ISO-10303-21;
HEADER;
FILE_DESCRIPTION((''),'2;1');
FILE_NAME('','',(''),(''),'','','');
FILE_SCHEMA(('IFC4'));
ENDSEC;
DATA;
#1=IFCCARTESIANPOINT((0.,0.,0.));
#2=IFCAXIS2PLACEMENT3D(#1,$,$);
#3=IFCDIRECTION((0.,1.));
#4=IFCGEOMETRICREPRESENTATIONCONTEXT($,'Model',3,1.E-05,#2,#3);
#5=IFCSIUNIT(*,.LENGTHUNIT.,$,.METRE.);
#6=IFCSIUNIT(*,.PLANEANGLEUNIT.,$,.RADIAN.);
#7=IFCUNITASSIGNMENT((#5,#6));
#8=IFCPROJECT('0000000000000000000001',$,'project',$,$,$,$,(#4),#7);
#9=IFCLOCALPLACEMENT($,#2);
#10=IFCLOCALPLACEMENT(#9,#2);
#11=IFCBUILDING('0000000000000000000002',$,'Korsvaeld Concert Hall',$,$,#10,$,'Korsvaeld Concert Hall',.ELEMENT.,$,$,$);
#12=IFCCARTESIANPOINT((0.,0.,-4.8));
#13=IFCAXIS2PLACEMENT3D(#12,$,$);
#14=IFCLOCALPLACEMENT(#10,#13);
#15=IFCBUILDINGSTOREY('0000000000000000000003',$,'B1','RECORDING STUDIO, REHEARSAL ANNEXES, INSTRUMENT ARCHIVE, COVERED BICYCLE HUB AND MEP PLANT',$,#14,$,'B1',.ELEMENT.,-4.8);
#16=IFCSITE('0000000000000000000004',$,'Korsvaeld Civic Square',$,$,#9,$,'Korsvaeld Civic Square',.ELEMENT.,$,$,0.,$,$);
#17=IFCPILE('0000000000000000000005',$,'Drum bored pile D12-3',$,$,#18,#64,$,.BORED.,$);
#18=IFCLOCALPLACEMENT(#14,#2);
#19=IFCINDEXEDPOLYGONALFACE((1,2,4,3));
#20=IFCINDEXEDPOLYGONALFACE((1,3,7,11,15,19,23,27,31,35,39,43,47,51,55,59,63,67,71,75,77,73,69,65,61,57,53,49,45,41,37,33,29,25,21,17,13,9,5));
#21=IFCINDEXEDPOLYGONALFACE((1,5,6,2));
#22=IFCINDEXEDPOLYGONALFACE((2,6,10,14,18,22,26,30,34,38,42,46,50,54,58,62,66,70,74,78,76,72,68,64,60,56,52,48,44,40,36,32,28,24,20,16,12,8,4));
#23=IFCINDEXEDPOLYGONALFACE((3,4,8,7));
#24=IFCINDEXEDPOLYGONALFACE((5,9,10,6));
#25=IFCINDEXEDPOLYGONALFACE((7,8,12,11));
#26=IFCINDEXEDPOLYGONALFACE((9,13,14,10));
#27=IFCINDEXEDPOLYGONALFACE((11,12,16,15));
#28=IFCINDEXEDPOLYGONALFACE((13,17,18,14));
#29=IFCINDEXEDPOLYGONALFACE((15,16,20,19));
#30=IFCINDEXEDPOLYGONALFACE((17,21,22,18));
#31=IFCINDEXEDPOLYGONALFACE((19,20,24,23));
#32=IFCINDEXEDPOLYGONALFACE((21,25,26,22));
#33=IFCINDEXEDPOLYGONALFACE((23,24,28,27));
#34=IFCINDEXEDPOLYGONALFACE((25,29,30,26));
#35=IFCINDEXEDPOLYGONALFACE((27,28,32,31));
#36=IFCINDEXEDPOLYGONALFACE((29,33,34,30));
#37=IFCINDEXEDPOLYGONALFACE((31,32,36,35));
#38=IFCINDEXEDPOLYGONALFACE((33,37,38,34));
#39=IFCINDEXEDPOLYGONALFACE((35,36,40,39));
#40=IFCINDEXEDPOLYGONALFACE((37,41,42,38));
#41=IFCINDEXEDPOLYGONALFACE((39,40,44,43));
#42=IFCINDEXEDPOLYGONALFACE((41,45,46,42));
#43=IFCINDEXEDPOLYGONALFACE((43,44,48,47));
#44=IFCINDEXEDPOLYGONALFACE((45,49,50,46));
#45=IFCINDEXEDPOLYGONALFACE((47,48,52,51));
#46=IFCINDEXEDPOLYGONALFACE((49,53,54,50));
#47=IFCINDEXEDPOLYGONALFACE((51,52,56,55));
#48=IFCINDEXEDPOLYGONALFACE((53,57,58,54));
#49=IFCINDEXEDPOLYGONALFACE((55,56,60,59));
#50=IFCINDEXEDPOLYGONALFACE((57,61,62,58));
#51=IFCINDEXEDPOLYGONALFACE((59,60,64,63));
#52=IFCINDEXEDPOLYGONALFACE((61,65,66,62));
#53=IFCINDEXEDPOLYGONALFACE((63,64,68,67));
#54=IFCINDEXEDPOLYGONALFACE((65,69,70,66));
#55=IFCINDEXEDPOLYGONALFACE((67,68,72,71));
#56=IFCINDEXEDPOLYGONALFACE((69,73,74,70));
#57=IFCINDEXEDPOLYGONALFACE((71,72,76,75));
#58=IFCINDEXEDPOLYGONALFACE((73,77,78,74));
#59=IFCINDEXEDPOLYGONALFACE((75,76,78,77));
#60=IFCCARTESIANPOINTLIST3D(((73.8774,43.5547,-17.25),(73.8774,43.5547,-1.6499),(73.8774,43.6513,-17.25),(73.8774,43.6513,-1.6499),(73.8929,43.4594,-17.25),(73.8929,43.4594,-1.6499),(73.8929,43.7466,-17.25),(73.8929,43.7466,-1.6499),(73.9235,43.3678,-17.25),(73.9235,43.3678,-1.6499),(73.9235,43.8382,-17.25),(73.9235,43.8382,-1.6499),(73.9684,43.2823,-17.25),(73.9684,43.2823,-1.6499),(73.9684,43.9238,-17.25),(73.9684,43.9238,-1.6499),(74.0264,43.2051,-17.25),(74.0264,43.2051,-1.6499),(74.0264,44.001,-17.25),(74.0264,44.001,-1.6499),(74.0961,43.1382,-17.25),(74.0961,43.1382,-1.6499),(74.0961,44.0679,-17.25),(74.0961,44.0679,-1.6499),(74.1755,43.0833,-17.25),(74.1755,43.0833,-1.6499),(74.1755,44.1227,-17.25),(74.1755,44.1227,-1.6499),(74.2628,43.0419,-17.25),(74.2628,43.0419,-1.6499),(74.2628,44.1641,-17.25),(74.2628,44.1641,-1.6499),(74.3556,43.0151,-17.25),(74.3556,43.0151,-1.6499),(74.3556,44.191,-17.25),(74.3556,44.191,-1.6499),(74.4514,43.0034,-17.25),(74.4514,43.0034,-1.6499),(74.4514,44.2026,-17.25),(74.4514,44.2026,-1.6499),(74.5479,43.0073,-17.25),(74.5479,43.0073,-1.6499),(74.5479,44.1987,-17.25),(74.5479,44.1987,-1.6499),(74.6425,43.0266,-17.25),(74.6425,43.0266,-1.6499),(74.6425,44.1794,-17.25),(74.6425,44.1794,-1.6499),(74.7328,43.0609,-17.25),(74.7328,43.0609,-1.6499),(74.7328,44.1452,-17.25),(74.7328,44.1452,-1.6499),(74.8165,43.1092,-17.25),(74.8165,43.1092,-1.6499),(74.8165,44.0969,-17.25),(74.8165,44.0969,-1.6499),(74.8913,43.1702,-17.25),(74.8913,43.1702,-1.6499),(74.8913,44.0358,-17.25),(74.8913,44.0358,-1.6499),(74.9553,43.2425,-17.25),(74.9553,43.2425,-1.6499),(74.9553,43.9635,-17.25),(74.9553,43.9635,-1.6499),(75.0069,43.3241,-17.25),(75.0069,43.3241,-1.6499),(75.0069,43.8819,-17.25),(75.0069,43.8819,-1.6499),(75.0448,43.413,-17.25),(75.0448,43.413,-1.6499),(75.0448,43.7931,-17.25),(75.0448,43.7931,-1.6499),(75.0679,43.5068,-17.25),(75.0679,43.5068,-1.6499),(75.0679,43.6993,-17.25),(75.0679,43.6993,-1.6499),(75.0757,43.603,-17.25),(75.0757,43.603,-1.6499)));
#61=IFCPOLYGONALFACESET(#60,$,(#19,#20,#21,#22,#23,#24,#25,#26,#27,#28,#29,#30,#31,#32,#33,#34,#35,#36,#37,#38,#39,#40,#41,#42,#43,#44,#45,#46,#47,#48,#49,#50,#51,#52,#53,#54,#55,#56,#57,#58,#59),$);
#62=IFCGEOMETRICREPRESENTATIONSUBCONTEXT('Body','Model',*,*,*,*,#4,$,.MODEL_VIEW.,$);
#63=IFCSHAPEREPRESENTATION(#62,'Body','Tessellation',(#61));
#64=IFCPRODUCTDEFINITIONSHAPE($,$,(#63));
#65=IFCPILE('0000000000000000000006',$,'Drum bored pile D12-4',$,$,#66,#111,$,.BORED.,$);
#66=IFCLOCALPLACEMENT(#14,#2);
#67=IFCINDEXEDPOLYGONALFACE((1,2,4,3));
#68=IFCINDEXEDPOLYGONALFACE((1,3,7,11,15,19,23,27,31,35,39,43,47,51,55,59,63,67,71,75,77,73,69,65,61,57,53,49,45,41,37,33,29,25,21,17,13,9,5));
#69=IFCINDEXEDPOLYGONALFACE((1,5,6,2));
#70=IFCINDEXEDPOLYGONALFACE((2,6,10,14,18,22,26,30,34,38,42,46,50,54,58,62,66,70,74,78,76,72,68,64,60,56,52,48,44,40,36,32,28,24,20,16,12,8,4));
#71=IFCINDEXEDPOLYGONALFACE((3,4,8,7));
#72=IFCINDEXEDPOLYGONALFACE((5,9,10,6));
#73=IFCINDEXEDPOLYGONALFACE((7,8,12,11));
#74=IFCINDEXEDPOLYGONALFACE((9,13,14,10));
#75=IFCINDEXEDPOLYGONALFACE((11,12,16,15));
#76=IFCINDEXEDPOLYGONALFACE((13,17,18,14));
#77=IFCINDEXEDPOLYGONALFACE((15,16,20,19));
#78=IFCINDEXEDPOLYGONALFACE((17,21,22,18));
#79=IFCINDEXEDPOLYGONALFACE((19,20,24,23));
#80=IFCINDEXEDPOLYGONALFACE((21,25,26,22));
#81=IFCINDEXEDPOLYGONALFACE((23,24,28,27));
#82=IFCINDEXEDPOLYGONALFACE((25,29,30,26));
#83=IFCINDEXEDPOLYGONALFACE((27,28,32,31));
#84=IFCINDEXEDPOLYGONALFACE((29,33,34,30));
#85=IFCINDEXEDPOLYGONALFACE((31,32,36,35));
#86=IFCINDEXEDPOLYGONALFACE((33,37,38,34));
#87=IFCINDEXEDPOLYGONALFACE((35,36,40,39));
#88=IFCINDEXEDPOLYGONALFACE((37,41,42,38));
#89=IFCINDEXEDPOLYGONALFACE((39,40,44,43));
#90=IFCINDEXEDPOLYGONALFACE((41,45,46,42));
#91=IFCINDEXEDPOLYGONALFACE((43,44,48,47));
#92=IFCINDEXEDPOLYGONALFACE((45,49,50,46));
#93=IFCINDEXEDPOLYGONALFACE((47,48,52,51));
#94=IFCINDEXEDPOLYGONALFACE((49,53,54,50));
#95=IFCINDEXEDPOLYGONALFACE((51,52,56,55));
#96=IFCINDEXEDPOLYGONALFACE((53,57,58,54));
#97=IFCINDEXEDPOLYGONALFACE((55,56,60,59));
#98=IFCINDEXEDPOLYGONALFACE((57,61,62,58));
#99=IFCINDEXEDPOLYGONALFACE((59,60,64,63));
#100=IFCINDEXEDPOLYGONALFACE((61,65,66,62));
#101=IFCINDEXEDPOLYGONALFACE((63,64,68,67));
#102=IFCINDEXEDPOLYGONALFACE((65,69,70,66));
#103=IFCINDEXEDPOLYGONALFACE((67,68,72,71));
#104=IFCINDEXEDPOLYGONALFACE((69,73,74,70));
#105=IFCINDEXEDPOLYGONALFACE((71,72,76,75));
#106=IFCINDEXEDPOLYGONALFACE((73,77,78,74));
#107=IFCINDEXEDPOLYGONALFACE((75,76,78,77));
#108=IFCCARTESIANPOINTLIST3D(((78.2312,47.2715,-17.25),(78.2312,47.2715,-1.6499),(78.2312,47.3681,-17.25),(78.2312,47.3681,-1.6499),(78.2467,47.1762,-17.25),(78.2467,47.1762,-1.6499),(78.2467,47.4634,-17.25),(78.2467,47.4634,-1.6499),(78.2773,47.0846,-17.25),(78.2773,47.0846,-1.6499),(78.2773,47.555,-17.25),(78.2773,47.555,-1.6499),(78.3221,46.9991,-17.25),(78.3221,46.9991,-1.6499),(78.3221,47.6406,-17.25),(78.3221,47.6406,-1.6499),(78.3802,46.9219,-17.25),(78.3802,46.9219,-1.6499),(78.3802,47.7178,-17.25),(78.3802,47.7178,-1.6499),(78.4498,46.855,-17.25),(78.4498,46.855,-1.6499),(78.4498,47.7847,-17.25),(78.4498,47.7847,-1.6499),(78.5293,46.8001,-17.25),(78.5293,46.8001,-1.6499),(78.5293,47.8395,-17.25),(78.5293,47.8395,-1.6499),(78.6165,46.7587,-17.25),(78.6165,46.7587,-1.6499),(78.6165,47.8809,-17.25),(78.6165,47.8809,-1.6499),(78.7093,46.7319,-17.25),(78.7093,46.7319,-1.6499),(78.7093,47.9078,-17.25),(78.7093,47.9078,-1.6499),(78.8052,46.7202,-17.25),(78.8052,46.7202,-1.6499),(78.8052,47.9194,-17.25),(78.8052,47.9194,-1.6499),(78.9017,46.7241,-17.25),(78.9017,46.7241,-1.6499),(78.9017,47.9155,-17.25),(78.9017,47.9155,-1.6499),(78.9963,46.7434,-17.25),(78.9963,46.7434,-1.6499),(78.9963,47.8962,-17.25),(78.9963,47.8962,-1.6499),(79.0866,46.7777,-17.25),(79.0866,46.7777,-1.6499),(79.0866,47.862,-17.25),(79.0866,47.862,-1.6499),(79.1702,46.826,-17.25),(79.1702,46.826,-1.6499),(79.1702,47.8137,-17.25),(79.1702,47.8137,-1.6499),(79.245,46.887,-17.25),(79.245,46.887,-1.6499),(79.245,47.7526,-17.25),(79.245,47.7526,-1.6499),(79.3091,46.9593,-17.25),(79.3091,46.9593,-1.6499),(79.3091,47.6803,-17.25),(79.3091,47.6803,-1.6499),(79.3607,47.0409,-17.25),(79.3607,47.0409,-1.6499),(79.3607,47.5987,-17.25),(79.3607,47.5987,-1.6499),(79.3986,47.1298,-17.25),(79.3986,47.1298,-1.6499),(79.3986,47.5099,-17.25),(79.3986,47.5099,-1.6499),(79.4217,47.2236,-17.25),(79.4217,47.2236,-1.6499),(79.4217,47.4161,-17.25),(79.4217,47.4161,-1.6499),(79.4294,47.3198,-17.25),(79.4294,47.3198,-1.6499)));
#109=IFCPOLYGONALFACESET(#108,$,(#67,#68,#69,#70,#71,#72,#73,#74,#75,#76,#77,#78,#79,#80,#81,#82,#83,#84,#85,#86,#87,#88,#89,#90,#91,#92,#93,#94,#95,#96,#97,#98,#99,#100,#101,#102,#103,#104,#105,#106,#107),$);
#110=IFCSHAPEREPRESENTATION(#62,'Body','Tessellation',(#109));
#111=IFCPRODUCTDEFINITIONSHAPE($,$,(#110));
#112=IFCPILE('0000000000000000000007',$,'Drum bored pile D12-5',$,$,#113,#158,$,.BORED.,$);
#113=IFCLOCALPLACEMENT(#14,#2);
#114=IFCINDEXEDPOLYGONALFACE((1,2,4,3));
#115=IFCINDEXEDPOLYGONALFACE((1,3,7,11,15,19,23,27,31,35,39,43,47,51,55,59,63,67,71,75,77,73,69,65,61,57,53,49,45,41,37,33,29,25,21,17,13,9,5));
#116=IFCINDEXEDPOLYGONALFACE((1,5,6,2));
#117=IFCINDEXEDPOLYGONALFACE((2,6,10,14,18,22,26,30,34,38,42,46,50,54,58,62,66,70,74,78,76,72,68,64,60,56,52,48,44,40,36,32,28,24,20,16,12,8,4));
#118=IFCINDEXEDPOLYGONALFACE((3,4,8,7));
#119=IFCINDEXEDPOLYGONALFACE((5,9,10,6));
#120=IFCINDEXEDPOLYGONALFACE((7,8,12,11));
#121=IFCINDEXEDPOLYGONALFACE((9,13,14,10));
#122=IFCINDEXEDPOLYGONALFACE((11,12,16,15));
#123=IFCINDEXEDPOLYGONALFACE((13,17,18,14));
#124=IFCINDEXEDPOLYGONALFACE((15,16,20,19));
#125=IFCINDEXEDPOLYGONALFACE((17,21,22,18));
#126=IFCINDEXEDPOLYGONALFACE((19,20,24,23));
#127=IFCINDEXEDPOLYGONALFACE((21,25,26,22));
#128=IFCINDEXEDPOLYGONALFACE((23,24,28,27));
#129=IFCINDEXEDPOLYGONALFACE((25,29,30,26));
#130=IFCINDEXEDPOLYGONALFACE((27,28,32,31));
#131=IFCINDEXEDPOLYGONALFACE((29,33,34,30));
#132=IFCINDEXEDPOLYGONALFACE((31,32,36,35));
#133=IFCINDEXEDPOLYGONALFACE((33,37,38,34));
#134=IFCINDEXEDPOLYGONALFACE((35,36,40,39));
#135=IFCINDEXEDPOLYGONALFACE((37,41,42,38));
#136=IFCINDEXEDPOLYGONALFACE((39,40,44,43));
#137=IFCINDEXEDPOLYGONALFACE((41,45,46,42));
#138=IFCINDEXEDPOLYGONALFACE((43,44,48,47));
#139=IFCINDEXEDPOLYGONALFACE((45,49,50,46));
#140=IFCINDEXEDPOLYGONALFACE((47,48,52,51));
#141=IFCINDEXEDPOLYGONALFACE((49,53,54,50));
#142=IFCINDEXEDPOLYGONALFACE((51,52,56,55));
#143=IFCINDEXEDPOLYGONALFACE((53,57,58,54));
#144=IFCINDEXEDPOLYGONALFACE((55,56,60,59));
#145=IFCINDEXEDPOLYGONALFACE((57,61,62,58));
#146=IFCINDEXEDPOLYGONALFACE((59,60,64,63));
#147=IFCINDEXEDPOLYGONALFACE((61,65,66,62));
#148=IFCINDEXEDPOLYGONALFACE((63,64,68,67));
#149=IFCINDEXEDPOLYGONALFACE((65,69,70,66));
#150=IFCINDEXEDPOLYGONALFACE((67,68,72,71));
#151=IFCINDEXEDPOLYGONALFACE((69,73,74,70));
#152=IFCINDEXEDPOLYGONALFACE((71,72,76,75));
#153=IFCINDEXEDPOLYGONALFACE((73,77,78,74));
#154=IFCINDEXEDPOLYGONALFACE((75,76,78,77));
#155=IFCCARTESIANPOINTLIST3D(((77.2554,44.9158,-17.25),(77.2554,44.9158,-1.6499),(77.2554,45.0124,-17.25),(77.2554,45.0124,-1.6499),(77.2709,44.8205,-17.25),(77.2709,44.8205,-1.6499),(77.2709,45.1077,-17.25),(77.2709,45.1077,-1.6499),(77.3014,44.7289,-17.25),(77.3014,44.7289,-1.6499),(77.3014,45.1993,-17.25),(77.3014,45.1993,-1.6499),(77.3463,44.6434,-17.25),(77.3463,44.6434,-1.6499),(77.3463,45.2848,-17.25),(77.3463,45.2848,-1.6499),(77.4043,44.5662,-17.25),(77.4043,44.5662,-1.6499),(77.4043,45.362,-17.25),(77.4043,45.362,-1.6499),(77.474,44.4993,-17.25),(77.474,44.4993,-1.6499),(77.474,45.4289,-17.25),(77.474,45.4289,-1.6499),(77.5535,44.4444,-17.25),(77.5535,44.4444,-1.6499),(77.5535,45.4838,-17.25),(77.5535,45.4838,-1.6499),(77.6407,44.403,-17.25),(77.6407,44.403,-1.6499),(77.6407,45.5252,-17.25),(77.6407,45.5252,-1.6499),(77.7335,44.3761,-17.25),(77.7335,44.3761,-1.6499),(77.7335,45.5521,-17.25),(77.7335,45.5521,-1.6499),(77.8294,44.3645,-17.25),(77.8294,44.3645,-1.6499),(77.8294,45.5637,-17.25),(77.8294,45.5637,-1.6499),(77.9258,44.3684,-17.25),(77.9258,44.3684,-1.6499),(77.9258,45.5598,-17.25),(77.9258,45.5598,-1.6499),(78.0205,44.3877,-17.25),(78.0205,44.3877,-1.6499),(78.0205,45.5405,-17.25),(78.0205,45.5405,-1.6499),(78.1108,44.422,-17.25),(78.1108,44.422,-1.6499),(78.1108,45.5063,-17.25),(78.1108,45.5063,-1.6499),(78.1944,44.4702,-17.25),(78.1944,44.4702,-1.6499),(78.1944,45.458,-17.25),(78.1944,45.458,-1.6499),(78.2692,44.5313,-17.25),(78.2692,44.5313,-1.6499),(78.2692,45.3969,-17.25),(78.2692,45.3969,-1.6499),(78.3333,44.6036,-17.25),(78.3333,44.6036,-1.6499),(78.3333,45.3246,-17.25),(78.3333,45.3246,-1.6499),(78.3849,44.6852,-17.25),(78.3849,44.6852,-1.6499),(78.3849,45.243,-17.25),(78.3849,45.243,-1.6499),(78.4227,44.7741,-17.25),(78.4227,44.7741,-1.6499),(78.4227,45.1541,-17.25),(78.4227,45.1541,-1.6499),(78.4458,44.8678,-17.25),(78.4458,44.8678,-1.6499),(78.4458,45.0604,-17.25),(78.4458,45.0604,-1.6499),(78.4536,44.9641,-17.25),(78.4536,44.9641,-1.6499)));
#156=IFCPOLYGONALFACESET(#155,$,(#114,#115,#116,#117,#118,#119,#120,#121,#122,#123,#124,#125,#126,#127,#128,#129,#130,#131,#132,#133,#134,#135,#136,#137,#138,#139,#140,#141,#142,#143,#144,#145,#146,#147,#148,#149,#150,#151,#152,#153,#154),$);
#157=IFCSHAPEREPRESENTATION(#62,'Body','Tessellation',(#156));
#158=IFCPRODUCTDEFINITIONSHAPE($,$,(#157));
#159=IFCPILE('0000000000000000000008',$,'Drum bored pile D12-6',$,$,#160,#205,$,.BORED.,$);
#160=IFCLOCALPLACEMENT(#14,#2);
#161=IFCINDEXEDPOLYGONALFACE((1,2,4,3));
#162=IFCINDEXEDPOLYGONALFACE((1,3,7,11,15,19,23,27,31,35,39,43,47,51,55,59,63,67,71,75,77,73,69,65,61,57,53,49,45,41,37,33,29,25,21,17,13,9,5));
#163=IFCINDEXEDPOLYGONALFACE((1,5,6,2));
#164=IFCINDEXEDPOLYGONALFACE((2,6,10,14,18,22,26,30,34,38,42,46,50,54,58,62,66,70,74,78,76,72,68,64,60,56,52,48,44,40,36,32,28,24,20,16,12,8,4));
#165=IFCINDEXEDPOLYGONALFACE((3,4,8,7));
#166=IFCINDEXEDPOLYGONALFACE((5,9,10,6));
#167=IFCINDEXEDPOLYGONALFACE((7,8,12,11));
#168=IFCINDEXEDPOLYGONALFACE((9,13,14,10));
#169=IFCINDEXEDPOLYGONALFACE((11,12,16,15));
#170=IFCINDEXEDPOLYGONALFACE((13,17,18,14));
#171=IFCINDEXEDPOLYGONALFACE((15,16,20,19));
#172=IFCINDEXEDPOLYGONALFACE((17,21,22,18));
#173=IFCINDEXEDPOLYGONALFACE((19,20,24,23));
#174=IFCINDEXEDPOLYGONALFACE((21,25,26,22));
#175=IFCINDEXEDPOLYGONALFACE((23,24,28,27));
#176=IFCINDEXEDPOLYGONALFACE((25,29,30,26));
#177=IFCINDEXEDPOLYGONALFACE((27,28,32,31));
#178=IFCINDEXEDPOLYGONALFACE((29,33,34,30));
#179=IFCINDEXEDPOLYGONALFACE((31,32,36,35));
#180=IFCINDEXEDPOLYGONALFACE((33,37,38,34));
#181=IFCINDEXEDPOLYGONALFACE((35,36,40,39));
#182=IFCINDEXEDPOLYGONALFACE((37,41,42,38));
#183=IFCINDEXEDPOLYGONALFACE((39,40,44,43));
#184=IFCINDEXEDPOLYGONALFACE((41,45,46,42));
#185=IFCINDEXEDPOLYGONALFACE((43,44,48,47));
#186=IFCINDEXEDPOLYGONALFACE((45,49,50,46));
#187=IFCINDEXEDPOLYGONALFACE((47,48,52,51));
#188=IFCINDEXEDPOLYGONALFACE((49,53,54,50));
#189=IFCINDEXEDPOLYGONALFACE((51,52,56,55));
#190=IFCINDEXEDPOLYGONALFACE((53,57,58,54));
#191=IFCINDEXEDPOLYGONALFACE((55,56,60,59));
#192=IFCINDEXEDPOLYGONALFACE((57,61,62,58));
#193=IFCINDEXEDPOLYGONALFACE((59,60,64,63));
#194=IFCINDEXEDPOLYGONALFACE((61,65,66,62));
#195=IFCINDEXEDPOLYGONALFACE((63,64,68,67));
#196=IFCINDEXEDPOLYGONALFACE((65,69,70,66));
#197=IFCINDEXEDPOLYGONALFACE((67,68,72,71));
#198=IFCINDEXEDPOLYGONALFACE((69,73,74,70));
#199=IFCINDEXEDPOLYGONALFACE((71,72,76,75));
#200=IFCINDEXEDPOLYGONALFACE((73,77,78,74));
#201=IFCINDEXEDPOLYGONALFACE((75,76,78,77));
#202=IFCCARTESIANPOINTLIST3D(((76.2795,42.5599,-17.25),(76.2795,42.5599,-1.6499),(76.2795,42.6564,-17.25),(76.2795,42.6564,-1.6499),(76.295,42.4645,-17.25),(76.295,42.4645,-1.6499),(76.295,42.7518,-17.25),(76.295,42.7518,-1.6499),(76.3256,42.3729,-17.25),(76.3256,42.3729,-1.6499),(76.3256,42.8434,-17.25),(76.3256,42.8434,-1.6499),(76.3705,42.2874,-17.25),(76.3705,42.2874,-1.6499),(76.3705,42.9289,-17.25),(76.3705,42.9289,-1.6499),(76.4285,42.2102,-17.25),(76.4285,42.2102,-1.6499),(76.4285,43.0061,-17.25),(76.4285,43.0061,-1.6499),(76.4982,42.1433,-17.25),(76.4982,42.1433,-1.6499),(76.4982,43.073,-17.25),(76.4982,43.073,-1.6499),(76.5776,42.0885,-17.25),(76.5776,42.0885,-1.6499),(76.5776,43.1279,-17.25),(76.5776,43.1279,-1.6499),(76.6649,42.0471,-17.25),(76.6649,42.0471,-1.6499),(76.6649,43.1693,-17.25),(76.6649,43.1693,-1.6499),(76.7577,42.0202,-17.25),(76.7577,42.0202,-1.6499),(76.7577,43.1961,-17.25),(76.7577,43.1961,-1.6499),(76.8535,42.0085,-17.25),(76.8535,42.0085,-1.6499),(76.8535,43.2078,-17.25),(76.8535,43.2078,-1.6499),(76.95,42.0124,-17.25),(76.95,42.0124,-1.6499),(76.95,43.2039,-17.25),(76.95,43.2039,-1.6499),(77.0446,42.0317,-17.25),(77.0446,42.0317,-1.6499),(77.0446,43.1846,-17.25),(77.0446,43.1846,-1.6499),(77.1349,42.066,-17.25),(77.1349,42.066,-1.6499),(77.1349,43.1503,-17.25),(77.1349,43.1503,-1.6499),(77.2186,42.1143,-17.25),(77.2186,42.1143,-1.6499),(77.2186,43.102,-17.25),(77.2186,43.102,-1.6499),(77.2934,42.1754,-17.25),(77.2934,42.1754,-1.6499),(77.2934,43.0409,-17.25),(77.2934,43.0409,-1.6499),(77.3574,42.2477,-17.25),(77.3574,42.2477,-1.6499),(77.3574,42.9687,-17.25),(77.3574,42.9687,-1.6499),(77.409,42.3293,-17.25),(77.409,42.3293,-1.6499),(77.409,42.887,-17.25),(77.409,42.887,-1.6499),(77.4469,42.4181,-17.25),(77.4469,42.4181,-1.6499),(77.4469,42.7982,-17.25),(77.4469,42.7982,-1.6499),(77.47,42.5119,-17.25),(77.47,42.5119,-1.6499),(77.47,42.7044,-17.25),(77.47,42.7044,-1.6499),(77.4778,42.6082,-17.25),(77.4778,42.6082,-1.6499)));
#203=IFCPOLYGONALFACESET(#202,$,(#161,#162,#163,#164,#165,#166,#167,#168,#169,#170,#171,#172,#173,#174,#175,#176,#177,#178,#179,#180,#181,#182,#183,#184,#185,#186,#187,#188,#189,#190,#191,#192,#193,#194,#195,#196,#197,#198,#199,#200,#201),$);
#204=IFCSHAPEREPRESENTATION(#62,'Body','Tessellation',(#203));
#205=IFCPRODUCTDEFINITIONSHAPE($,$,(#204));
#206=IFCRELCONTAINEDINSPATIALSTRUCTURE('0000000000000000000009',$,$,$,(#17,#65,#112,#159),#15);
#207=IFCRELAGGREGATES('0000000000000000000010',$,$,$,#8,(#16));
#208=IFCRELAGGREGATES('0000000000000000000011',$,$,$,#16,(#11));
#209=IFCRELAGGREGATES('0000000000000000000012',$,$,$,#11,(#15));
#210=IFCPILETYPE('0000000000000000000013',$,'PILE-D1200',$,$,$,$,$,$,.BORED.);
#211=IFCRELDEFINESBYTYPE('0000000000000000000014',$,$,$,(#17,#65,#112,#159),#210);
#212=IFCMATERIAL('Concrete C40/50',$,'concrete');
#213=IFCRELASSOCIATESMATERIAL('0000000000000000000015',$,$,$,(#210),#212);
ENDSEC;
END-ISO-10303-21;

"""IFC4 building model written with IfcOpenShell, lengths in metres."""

from ifc_helpers import new_model, si_unit, direction, frame, origin, origin_2d, place, context, subcontext, project, spatial, circle, extrude, material, material_profile, profile_set, type_object, element, save


model = new_model("IFC4")

# Units and contexts
model_context = context("Model", 3, precision=1e-05, world=origin(), true_north=direction((0.0, 1.0)))
body_context = subcontext(model_context, "Body", "Model", "MODEL_VIEW")
ifc_project = project(units=[si_unit("LENGTHUNIT", "METRE"), si_unit("PLANEANGLEUNIT", "RADIAN")], contexts=[model_context])

# Site, building, storey
site_placement = place(None, origin())
site = spatial("IfcSite", under=ifc_project, at=site_placement, Name="Korsvaeld Civic Square", LongName="Korsvaeld Civic Square", CompositionType="ELEMENT", RefElevation=0.0)
building_placement = place(site_placement, origin())
building = spatial("IfcBuilding", under=site, at=building_placement, Name="Korsvaeld Concert Hall", LongName="Korsvaeld Concert Hall", CompositionType="ELEMENT")
storey_placement = place(building_placement, frame((0.0, 0.0, -4.8)))
storey = spatial("IfcBuildingStorey", under=building, at=storey_placement, Name="B1", Description="RECORDING STUDIO, REHEARSAL ANNEXES, INSTRUMENT ARCHIVE, COVERED BICYCLE HUB AND MEP PLANT", LongName="B1", CompositionType="ELEMENT", Elevation=-4.8)

# Piles
ifc_material_1 = material(Name="Concrete C40/50", Category="concrete")
ifc_material_profile_1 = material_profile(ifc_material_1, circle(Radius=0.6001, at=origin_2d()), Name="BORED PILE D1200")
ifc_profile_set_1 = profile_set([ifc_material_profile_1], Name="Concrete C40/50")
pile_type_1 = type_object("IfcPileType", Name="PILE-D1200", PredefinedType="BORED", material=ifc_profile_set_1)
for number, where, z_axis, x_axis, name in (
    (1, (74.4756, 43.603, -1.6499), (0.0, 0.0, -1.0), (1.0, 0.0, 0.0), "Drum bored pile D12-3"),
    (2, (78.8293, 47.3198, -1.6499), (0.0, 0.0, -1.0), (1.0, 0.0, 0.0), "Drum bored pile D12-4"),
    (3, (77.8535, 44.9641, -1.6499), (0.0, 0.0, -1.0), (1.0, 0.0, 0.0), "Drum bored pile D12-5"),
    (4, (76.8777, 42.6082, -1.6499), (0.0, 0.0, -1.0), (1.0, 0.0, 0.0), "Drum bored pile D12-6"),
):
    element("IfcPile", number, at=place(storey_placement, frame(where, z_axis=z_axis, x_axis=x_axis)), inside=storey, type_object=pile_type_1, Name=name, PredefinedType="BORED", context=body_context, shape_type="SweptSolid", body=[
        extrude(circle(Radius=0.6001, at=origin_2d()), origin(), (0.0, 0.0, 1.0), 15.6001),
    ])

save(model, "model.ifc")
